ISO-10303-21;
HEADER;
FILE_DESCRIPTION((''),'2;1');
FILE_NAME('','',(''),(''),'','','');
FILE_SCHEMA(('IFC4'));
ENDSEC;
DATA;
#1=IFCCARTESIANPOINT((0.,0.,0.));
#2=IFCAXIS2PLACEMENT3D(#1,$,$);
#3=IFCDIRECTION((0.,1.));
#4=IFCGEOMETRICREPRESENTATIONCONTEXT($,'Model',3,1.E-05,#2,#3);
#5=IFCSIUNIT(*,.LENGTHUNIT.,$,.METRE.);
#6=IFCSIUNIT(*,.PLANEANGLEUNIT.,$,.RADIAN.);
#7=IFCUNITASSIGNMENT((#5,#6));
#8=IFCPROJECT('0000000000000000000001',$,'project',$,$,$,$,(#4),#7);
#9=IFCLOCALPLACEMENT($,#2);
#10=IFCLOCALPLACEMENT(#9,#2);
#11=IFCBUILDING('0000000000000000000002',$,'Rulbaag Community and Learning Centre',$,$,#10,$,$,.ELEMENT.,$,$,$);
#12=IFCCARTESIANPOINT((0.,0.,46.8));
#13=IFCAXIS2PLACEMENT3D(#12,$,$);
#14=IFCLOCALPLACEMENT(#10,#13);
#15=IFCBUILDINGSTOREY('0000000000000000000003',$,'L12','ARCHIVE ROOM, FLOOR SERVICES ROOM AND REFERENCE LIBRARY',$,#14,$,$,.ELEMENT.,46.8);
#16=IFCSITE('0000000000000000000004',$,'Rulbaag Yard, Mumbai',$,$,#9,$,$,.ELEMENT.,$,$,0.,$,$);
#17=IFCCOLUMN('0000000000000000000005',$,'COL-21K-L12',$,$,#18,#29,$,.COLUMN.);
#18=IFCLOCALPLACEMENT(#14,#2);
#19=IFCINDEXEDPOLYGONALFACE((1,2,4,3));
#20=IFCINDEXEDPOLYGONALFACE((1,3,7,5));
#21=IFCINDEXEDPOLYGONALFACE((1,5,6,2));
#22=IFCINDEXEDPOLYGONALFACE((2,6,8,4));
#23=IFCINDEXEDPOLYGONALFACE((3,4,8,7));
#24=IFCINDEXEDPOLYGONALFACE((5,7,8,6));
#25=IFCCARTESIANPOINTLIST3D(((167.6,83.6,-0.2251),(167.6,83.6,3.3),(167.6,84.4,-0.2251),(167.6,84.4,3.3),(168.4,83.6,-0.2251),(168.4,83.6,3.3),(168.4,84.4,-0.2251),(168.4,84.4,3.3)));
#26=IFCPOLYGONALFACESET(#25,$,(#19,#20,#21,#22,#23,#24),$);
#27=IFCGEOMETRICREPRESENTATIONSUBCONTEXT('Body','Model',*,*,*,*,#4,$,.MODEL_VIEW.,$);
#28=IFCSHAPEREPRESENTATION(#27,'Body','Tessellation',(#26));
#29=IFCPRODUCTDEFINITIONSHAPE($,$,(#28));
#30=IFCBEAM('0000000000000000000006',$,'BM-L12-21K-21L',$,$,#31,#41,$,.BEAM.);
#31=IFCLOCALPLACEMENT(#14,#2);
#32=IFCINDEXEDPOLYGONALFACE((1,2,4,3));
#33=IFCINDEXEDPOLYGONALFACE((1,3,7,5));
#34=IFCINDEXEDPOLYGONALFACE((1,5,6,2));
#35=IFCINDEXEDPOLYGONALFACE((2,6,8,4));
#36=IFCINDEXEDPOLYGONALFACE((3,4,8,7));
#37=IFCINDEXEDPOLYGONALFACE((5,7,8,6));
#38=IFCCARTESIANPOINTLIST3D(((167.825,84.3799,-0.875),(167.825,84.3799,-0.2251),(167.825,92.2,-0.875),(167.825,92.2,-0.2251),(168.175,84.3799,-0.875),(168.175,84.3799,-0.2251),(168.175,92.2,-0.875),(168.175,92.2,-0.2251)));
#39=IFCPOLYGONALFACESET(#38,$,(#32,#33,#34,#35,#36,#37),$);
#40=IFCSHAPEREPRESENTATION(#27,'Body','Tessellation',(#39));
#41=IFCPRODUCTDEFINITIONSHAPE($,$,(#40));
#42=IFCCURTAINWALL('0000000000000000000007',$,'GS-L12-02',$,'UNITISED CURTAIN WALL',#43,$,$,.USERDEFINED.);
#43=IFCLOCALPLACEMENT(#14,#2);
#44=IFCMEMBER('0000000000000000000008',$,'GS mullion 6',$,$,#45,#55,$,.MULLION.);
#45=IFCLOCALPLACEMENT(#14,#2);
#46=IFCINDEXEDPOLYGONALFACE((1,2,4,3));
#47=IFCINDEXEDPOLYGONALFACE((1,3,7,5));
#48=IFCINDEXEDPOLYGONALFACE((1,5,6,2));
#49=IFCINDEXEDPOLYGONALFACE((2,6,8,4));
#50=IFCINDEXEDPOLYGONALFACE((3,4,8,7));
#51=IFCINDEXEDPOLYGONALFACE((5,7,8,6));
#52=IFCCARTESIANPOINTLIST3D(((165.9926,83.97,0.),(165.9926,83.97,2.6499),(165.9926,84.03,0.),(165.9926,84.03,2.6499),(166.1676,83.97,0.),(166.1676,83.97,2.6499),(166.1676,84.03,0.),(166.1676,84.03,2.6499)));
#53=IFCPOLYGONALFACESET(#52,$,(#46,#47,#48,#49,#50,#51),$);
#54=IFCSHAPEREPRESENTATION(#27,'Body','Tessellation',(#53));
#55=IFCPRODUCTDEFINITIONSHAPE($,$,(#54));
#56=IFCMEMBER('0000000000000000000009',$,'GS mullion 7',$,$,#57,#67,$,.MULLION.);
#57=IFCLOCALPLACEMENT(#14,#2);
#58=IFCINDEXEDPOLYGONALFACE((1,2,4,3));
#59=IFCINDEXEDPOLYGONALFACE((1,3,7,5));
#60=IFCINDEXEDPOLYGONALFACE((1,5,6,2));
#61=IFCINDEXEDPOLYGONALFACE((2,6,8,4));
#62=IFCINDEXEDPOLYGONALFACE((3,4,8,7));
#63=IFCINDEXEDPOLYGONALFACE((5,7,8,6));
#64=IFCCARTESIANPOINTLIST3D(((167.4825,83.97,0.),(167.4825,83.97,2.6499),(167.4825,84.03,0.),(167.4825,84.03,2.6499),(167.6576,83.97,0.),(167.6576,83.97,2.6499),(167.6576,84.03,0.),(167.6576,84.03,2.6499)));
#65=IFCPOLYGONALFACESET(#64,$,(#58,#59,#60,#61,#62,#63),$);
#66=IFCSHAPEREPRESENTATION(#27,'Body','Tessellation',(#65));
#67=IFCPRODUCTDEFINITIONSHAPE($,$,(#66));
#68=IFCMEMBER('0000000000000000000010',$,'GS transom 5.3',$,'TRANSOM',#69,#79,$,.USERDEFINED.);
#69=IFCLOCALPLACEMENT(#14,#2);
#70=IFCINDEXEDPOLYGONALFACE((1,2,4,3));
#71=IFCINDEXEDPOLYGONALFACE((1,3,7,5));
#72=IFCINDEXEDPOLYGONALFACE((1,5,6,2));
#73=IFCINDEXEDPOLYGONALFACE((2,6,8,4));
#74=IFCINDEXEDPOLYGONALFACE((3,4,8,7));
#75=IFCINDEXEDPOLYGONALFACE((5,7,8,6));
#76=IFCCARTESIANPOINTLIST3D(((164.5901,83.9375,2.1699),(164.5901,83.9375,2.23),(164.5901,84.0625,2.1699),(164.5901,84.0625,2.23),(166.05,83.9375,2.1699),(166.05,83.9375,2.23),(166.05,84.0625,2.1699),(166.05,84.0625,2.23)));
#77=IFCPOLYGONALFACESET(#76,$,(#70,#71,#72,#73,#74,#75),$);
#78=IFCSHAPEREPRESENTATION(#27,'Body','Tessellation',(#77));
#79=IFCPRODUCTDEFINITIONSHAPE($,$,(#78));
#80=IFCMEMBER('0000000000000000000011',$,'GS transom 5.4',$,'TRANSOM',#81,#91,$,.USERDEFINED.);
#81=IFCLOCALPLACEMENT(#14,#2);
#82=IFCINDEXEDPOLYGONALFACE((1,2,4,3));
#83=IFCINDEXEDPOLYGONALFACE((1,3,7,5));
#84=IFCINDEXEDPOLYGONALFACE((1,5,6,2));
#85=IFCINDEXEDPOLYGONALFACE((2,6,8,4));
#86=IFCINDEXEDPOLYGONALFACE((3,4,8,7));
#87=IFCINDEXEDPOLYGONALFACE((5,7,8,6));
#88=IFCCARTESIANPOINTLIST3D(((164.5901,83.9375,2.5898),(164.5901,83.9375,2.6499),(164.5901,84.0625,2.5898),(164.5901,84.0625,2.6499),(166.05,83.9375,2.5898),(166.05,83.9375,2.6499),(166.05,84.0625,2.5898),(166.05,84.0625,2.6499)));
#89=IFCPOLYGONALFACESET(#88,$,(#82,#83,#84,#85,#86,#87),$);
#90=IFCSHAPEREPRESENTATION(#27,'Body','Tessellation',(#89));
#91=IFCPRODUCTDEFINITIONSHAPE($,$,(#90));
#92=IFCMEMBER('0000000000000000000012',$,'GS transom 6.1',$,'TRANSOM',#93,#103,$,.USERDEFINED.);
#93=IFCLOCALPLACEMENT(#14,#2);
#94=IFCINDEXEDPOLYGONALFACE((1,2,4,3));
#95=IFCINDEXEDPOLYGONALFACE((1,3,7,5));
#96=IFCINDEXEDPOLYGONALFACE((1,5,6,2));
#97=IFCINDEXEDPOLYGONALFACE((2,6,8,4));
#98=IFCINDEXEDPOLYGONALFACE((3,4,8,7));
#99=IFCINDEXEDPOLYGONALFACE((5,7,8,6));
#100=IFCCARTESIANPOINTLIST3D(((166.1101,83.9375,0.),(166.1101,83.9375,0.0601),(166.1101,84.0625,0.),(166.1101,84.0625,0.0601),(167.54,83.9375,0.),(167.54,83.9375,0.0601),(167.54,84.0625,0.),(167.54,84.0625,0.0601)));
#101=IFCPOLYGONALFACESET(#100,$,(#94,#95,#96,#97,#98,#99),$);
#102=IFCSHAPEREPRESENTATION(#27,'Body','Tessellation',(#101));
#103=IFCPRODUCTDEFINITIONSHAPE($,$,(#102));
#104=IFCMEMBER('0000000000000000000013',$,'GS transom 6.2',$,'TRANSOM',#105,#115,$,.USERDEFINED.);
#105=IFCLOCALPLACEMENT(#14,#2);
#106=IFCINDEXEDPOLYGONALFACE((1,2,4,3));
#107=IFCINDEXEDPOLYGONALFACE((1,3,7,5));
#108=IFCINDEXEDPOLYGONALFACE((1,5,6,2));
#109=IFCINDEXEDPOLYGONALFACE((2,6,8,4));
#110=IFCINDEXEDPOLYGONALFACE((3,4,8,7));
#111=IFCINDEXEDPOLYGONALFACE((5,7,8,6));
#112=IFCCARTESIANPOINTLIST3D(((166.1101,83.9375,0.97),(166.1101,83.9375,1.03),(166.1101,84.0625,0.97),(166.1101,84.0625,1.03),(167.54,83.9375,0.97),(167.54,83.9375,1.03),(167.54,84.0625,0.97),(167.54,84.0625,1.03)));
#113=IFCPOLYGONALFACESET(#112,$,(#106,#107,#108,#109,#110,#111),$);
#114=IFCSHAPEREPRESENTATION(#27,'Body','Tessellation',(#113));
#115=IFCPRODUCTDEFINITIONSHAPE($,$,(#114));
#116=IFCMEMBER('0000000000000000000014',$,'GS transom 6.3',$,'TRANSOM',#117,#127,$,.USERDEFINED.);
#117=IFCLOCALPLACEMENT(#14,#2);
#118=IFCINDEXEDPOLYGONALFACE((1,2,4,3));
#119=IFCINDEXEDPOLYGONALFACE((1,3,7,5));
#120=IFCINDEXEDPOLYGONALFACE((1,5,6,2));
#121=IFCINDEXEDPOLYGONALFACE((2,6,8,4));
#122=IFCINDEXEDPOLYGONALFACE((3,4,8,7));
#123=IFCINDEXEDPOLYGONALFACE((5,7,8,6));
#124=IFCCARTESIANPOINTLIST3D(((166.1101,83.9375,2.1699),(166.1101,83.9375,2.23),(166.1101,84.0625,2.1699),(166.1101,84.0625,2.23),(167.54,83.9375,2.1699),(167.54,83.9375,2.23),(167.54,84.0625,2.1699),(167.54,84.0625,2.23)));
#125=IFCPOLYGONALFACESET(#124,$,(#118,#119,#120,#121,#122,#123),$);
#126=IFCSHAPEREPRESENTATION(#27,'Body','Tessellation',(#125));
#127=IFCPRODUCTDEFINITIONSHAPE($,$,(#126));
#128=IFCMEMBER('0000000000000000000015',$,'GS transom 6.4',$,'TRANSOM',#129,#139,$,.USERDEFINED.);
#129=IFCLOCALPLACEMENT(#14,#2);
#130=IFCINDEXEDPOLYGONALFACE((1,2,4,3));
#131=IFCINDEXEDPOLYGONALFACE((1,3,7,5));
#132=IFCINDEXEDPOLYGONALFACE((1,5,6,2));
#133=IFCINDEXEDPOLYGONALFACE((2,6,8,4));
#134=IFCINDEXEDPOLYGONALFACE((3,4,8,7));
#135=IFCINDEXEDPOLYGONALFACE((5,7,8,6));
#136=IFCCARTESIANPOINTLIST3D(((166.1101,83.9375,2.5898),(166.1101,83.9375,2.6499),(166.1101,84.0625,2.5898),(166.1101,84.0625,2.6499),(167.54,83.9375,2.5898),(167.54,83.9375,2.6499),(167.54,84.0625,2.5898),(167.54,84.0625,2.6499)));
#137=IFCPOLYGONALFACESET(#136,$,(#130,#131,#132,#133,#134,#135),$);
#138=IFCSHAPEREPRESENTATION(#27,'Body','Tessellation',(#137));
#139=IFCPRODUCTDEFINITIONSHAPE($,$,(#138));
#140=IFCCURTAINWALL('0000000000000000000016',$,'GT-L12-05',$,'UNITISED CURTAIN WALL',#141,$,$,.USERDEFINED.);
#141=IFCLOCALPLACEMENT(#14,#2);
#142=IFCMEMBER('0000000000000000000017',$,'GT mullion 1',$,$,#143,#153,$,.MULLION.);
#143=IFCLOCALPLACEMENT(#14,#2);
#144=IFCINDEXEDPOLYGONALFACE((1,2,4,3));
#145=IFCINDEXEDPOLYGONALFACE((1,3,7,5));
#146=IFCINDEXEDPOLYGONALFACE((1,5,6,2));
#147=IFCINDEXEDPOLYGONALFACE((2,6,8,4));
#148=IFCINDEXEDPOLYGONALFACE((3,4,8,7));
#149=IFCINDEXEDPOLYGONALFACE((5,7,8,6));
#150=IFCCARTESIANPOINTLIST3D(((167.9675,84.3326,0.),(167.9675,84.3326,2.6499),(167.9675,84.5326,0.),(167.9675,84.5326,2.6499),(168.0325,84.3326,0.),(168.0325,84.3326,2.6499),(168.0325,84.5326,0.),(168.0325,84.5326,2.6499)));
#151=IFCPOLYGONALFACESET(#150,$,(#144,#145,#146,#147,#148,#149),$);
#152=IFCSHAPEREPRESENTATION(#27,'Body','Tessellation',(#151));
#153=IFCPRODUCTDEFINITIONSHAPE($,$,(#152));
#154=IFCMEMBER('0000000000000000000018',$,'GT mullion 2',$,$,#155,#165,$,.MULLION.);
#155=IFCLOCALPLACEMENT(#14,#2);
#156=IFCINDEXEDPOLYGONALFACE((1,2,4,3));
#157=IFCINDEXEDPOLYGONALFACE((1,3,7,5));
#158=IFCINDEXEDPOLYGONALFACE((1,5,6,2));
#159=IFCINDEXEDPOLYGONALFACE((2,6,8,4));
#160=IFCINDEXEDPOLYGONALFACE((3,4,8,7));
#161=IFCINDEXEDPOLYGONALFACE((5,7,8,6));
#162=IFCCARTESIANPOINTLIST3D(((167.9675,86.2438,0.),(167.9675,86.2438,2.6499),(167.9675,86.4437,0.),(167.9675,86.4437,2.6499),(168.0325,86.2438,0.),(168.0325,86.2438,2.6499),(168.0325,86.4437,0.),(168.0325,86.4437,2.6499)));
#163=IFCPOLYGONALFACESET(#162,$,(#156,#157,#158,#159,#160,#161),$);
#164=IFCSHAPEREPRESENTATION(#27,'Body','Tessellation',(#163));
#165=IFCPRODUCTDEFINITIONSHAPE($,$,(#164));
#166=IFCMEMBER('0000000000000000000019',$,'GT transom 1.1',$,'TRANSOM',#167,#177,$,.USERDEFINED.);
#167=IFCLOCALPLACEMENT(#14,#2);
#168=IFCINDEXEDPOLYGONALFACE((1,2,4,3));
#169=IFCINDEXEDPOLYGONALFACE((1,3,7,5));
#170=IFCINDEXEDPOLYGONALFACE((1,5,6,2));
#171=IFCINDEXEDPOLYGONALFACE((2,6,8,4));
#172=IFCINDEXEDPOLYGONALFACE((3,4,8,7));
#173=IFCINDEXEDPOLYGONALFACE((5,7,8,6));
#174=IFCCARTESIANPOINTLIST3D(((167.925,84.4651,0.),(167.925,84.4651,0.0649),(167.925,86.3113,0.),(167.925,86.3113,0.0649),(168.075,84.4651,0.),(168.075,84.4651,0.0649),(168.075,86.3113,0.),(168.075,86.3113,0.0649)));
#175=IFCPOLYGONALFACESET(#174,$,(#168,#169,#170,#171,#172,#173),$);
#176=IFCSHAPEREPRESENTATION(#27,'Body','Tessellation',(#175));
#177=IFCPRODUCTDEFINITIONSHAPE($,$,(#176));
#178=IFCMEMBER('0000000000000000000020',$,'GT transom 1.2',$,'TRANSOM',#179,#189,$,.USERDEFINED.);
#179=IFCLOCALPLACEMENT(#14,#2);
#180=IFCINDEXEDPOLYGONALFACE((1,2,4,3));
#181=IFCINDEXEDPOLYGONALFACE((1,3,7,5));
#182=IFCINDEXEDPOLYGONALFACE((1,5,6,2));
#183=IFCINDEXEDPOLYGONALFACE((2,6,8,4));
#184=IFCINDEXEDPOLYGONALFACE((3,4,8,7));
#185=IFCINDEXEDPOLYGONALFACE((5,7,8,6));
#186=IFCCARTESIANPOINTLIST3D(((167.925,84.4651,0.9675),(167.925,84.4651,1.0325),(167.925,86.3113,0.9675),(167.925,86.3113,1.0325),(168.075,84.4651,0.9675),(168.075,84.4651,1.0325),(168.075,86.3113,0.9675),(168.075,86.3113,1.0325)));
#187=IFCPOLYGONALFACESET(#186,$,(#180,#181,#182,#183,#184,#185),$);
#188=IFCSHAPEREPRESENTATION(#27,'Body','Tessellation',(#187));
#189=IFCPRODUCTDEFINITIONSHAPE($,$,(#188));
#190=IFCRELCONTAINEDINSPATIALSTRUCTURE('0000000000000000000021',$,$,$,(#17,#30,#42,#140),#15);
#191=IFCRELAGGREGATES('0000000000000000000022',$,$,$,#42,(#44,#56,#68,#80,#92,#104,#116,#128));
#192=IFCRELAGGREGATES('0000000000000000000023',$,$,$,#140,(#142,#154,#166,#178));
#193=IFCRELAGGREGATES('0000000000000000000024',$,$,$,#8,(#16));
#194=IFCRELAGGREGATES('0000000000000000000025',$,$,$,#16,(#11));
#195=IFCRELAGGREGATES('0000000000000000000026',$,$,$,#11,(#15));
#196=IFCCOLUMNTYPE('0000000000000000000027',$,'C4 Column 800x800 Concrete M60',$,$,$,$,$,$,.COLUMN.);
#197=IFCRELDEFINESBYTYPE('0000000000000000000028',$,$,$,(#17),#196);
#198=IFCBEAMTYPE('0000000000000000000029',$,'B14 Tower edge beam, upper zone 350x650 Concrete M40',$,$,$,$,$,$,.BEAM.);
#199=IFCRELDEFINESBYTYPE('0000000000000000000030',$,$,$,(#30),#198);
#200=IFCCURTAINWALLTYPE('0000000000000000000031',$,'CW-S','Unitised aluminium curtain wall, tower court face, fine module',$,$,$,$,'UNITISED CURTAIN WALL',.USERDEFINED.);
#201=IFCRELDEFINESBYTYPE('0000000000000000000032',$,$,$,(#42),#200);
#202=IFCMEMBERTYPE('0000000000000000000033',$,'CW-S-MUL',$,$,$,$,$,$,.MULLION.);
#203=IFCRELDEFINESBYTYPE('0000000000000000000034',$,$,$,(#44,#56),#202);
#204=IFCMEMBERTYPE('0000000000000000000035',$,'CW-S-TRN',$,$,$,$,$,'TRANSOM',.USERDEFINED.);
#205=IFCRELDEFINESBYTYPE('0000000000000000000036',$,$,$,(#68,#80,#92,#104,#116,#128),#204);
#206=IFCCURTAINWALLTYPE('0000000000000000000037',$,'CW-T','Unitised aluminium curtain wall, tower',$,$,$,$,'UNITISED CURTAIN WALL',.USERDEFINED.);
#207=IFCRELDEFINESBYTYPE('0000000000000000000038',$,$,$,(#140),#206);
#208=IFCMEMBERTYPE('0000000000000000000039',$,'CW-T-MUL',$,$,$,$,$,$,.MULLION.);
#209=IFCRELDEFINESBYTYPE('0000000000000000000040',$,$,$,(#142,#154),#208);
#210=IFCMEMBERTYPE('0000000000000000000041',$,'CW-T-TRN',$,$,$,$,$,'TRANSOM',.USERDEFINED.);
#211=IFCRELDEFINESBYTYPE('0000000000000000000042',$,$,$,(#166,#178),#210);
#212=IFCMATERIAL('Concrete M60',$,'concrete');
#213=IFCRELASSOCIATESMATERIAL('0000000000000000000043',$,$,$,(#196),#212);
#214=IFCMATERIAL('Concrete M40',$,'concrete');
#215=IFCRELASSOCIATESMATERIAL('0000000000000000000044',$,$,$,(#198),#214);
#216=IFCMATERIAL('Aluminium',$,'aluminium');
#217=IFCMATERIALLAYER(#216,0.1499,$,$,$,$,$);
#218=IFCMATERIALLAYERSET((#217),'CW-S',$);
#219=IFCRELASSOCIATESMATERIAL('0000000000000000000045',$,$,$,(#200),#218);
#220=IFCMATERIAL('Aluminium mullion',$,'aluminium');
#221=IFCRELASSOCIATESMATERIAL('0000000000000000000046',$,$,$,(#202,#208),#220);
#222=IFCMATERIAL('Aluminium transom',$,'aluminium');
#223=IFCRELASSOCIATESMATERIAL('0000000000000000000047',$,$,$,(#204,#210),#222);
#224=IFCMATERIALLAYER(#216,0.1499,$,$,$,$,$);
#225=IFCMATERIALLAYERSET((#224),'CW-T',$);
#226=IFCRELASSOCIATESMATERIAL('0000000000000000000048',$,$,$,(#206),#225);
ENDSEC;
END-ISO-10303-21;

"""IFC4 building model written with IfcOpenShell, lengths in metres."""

from ifc_helpers import new_model, si_unit, direction, frame, origin, origin_2d, place, context, subcontext, project, spatial, rectangle, extrude, material, layer, layer_set, material_profile, profile_set, type_object, element, aggregate, save


model = new_model("IFC4")

# Units and contexts
model_context = context("Model", 3, precision=1e-05, world=origin(), true_north=direction((0.0, 1.0)))
body_context = subcontext(model_context, "Body", "Model", "MODEL_VIEW")
ifc_project = project(units=[si_unit("LENGTHUNIT", "METRE"), si_unit("PLANEANGLEUNIT", "RADIAN")], contexts=[model_context])

# Site, building, storey
site_placement = place(None, origin())
site = spatial("IfcSite", under=ifc_project, at=site_placement, Name="Rulbaag Yard, Mumbai", CompositionType="ELEMENT", RefElevation=0.0)
building_placement = place(site_placement, origin())
building = spatial("IfcBuilding", under=site, at=building_placement, Name="Rulbaag Community and Learning Centre", CompositionType="ELEMENT")
storey_placement = place(building_placement, frame((0.0, 0.0, 46.8)))
storey = spatial("IfcBuildingStorey", under=building, at=storey_placement, Name="L12", Description="ARCHIVE ROOM, FLOOR SERVICES ROOM AND REFERENCE LIBRARY", CompositionType="ELEMENT", Elevation=46.8)

# Column
ifc_material_1 = material(Name="Concrete M60", Category="concrete")
ifc_material_profile_1 = material_profile(ifc_material_1, rectangle(XDim=0.8, YDim=0.8, at=origin_2d()), Name="RC800x800")
ifc_profile_set_1 = profile_set([ifc_material_profile_1], Name="Concrete M60")
column_type = type_object("IfcColumnType", Name="C4 Column 800x800 Concrete M60", PredefinedType="COLUMN", material=ifc_profile_set_1)
column_placement = place(storey_placement, frame((168.0, 84.0, -0.2251), z_axis=(0.0, 0.0, 1.0), x_axis=(1.0, 0.0, 0.0)))
element("IfcColumn", 1, at=column_placement, inside=storey, type_object=column_type, Name="COL-21K-L12", PredefinedType="COLUMN", context=body_context, shape_type="SweptSolid", body=[
    extrude(rectangle(XDim=0.8, YDim=0.8, at=origin_2d()), origin(), (0.0, 0.0, 1.0), 3.5251),
])

# Beam
ifc_material_2 = material(Name="Concrete M40", Category="concrete")
ifc_material_profile_2 = material_profile(ifc_material_2, rectangle(XDim=0.3501, YDim=0.6499, at=origin_2d()), Name="RB350x650")
ifc_profile_set_2 = profile_set([ifc_material_profile_2], Name="Concrete M40")
beam_type = type_object("IfcBeamType", Name="B14 Tower edge beam, upper zone 350x650 Concrete M40", PredefinedType="BEAM", material=ifc_profile_set_2)
beam_placement = place(storey_placement, frame((168.0, 84.3799, -0.55), z_axis=(0.0, 1.0, 0.0), x_axis=(-1.0, 0.0, 0.0)))
element("IfcBeam", 2, at=beam_placement, inside=storey, type_object=beam_type, Name="BM-L12-21K-21L", PredefinedType="BEAM", context=body_context, shape_type="SweptSolid", body=[
    extrude(rectangle(XDim=0.3501, YDim=0.6499, at=origin_2d()), origin(), (0.0, 0.0, 1.0), 7.8201),
])

# Curtain walls, members
ifc_material_3 = material(Name="Aluminium", Category="aluminium")
ifc_layer_1 = layer(ifc_material_3, 0.1499)
ifc_layer_set_1 = layer_set([ifc_layer_1], Name="CW-S")
curtain_wall_type_1 = type_object("IfcCurtainWallType", Name="CW-S", Description="Unitised aluminium curtain wall, tower court face, fine module", ElementType="UNITISED CURTAIN WALL", PredefinedType="USERDEFINED", material=ifc_layer_set_1)
curtain_wall_1_placement = place(storey_placement, origin())
curtain_wall_1 = element("IfcCurtainWall", 3, at=curtain_wall_1_placement, inside=storey, type_object=curtain_wall_type_1, Name="GS-L12-02", ObjectType="UNITISED CURTAIN WALL", PredefinedType="USERDEFINED")
ifc_material_4 = material(Name="Aluminium mullion", Category="aluminium")
ifc_material_profile_3 = material_profile(ifc_material_4, rectangle(XDim=0.0601, YDim=0.175, at=origin_2d()), Name="AL 60x175")
ifc_profile_set_3 = profile_set([ifc_material_profile_3], Name="Aluminium mullion")
member_type_1 = type_object("IfcMemberType", Name="CW-S-MUL", PredefinedType="MULLION", material=ifc_profile_set_3)
member_1_placement = place(storey_placement, frame((166.0801, 84.0, 0.0), z_axis=(0.0, 0.0, 1.0), x_axis=(0.0, 1.0, 0.0)))
member_1 = element("IfcMember", 4, at=member_1_placement, type_object=member_type_1, Name="GS mullion 6", PredefinedType="MULLION", context=body_context, shape_type="SweptSolid", body=[
    extrude(rectangle(XDim=0.0601, YDim=0.175, at=origin_2d()), origin(), (0.0, 0.0, 1.0), 2.6499),
])
member_2_placement = place(storey_placement, frame((167.5701, 84.0, 0.0), z_axis=(0.0, 0.0, 1.0), x_axis=(0.0, 1.0, 0.0)))
member_2 = element("IfcMember", 5, at=member_2_placement, type_object=member_type_1, Name="GS mullion 7", PredefinedType="MULLION", context=body_context, shape_type="SweptSolid", body=[
    extrude(rectangle(XDim=0.0601, YDim=0.175, at=origin_2d()), origin(), (0.0, 0.0, 1.0), 2.6499),
])
ifc_material_5 = material(Name="Aluminium transom", Category="aluminium")
ifc_material_profile_4 = material_profile(ifc_material_5, rectangle(XDim=0.125, YDim=0.0601, at=origin_2d()), Name="AL 60x125 T")
ifc_profile_set_4 = profile_set([ifc_material_profile_4], Name="Aluminium transom")
member_type_2 = type_object("IfcMemberType", Name="CW-S-TRN", ElementType="TRANSOM", PredefinedType="USERDEFINED", material=ifc_profile_set_4)
member_3_placement = place(storey_placement, frame((164.5901, 84.0, 2.2), z_axis=(1.0, 0.0, 0.0), x_axis=(0.0, 1.0, 0.0)))
member_3 = element("IfcMember", 6, at=member_3_placement, type_object=member_type_2, Name="GS transom 5.3", ObjectType="TRANSOM", PredefinedType="USERDEFINED", context=body_context, shape_type="SweptSolid", body=[
    extrude(rectangle(XDim=0.125, YDim=0.0601, at=origin_2d()), origin(), (0.0, 0.0, 1.0), 1.46),
])
member_4_placement = place(storey_placement, frame((164.5901, 84.0, 2.6199), z_axis=(1.0, 0.0, 0.0), x_axis=(0.0, 1.0, 0.0)))
member_4 = element("IfcMember", 7, at=member_4_placement, type_object=member_type_2, Name="GS transom 5.4", ObjectType="TRANSOM", PredefinedType="USERDEFINED", context=body_context, shape_type="SweptSolid", body=[
    extrude(rectangle(XDim=0.125, YDim=0.0601, at=origin_2d()), origin(), (0.0, 0.0, 1.0), 1.46),
])
member_5_placement = place(storey_placement, frame((166.1101, 84.0, 0.03), z_axis=(1.0, 0.0, 0.0), x_axis=(0.0, 1.0, 0.0)))
member_5 = element("IfcMember", 8, at=member_5_placement, type_object=member_type_2, Name="GS transom 6.1", ObjectType="TRANSOM", PredefinedType="USERDEFINED", context=body_context, shape_type="SweptSolid", body=[
    extrude(rectangle(XDim=0.125, YDim=0.0601, at=origin_2d()), origin(), (0.0, 0.0, 1.0), 1.4299),
])
member_6_placement = place(storey_placement, frame((166.1101, 84.0, 1.0), z_axis=(1.0, 0.0, 0.0), x_axis=(0.0, 1.0, 0.0)))
member_6 = element("IfcMember", 9, at=member_6_placement, type_object=member_type_2, Name="GS transom 6.2", ObjectType="TRANSOM", PredefinedType="USERDEFINED", context=body_context, shape_type="SweptSolid", body=[
    extrude(rectangle(XDim=0.125, YDim=0.0601, at=origin_2d()), origin(), (0.0, 0.0, 1.0), 1.4299),
])
member_7_placement = place(storey_placement, frame((166.1101, 84.0, 2.2), z_axis=(1.0, 0.0, 0.0), x_axis=(0.0, 1.0, 0.0)))
member_7 = element("IfcMember", 10, at=member_7_placement, type_object=member_type_2, Name="GS transom 6.3", ObjectType="TRANSOM", PredefinedType="USERDEFINED", context=body_context, shape_type="SweptSolid", body=[
    extrude(rectangle(XDim=0.125, YDim=0.0601, at=origin_2d()), origin(), (0.0, 0.0, 1.0), 1.4299),
])
member_8_placement = place(storey_placement, frame((166.1101, 84.0, 2.6199), z_axis=(1.0, 0.0, 0.0), x_axis=(0.0, 1.0, 0.0)))
member_8 = element("IfcMember", 11, at=member_8_placement, type_object=member_type_2, Name="GS transom 6.4", ObjectType="TRANSOM", PredefinedType="USERDEFINED", context=body_context, shape_type="SweptSolid", body=[
    extrude(rectangle(XDim=0.125, YDim=0.0601, at=origin_2d()), origin(), (0.0, 0.0, 1.0), 1.4299),
])
ifc_layer_2 = layer(ifc_material_3, 0.1499)
ifc_layer_set_2 = layer_set([ifc_layer_2], Name="CW-T")
curtain_wall_type_2 = type_object("IfcCurtainWallType", Name="CW-T", Description="Unitised aluminium curtain wall, tower", ElementType="UNITISED CURTAIN WALL", PredefinedType="USERDEFINED", material=ifc_layer_set_2)
curtain_wall_2_placement = place(storey_placement, origin())
curtain_wall_2 = element("IfcCurtainWall", 12, at=curtain_wall_2_placement, inside=storey, type_object=curtain_wall_type_2, Name="GT-L12-05", ObjectType="UNITISED CURTAIN WALL", PredefinedType="USERDEFINED")
ifc_material_profile_5 = material_profile(ifc_material_4, rectangle(XDim=0.0649, YDim=0.2, at=origin_2d()), Name="AL 65x200")
ifc_profile_set_5 = profile_set([ifc_material_profile_5], Name="Aluminium mullion")
member_type_3 = type_object("IfcMemberType", Name="CW-T-MUL", PredefinedType="MULLION", material=ifc_profile_set_5)
member_9_placement = place(storey_placement, frame((168.0, 84.4326, 0.0), z_axis=(0.0, 0.0, 1.0), x_axis=(-1.0, 0.0, 0.0)))
member_9 = element("IfcMember", 13, at=member_9_placement, type_object=member_type_3, Name="GT mullion 1", PredefinedType="MULLION", context=body_context, shape_type="SweptSolid", body=[
    extrude(rectangle(XDim=0.0649, YDim=0.2, at=origin_2d()), origin(), (0.0, 0.0, 1.0), 2.6499),
])
member_10_placement = place(storey_placement, frame((168.0, 86.3438, 0.0), z_axis=(0.0, 0.0, 1.0), x_axis=(-1.0, 0.0, 0.0)))
member_10 = element("IfcMember", 14, at=member_10_placement, type_object=member_type_3, Name="GT mullion 2", PredefinedType="MULLION", context=body_context, shape_type="SweptSolid", body=[
    extrude(rectangle(XDim=0.0649, YDim=0.2, at=origin_2d()), origin(), (0.0, 0.0, 1.0), 2.6499),
])
ifc_material_profile_6 = material_profile(ifc_material_5, rectangle(XDim=0.1499, YDim=0.0649, at=origin_2d()), Name="AL 65x150 T")
ifc_profile_set_6 = profile_set([ifc_material_profile_6], Name="Aluminium transom")
member_type_4 = type_object("IfcMemberType", Name="CW-T-TRN", ElementType="TRANSOM", PredefinedType="USERDEFINED", material=ifc_profile_set_6)
member_11_placement = place(storey_placement, frame((168.0, 84.4651, 0.0325), z_axis=(0.0, 1.0, 0.0), x_axis=(-1.0, 0.0, 0.0)))
member_11 = element("IfcMember", 15, at=member_11_placement, type_object=member_type_4, Name="GT transom 1.1", ObjectType="TRANSOM", PredefinedType="USERDEFINED", context=body_context, shape_type="SweptSolid", body=[
    extrude(rectangle(XDim=0.1499, YDim=0.0649, at=origin_2d()), origin(), (0.0, 0.0, 1.0), 1.8462),
])
member_12_placement = place(storey_placement, frame((168.0, 84.4651, 1.0), z_axis=(0.0, 1.0, 0.0), x_axis=(-1.0, 0.0, 0.0)))
member_12 = element("IfcMember", 16, at=member_12_placement, type_object=member_type_4, Name="GT transom 1.2", ObjectType="TRANSOM", PredefinedType="USERDEFINED", context=body_context, shape_type="SweptSolid", body=[
    extrude(rectangle(XDim=0.1499, YDim=0.0649, at=origin_2d()), origin(), (0.0, 0.0, 1.0), 1.8462),
])

aggregate(curtain_wall_1, [member_1, member_2, member_3, member_4, member_5, member_6, member_7, member_8])
aggregate(curtain_wall_2, [member_9, member_10, member_11, member_12])

save(model, "model.ifc")
